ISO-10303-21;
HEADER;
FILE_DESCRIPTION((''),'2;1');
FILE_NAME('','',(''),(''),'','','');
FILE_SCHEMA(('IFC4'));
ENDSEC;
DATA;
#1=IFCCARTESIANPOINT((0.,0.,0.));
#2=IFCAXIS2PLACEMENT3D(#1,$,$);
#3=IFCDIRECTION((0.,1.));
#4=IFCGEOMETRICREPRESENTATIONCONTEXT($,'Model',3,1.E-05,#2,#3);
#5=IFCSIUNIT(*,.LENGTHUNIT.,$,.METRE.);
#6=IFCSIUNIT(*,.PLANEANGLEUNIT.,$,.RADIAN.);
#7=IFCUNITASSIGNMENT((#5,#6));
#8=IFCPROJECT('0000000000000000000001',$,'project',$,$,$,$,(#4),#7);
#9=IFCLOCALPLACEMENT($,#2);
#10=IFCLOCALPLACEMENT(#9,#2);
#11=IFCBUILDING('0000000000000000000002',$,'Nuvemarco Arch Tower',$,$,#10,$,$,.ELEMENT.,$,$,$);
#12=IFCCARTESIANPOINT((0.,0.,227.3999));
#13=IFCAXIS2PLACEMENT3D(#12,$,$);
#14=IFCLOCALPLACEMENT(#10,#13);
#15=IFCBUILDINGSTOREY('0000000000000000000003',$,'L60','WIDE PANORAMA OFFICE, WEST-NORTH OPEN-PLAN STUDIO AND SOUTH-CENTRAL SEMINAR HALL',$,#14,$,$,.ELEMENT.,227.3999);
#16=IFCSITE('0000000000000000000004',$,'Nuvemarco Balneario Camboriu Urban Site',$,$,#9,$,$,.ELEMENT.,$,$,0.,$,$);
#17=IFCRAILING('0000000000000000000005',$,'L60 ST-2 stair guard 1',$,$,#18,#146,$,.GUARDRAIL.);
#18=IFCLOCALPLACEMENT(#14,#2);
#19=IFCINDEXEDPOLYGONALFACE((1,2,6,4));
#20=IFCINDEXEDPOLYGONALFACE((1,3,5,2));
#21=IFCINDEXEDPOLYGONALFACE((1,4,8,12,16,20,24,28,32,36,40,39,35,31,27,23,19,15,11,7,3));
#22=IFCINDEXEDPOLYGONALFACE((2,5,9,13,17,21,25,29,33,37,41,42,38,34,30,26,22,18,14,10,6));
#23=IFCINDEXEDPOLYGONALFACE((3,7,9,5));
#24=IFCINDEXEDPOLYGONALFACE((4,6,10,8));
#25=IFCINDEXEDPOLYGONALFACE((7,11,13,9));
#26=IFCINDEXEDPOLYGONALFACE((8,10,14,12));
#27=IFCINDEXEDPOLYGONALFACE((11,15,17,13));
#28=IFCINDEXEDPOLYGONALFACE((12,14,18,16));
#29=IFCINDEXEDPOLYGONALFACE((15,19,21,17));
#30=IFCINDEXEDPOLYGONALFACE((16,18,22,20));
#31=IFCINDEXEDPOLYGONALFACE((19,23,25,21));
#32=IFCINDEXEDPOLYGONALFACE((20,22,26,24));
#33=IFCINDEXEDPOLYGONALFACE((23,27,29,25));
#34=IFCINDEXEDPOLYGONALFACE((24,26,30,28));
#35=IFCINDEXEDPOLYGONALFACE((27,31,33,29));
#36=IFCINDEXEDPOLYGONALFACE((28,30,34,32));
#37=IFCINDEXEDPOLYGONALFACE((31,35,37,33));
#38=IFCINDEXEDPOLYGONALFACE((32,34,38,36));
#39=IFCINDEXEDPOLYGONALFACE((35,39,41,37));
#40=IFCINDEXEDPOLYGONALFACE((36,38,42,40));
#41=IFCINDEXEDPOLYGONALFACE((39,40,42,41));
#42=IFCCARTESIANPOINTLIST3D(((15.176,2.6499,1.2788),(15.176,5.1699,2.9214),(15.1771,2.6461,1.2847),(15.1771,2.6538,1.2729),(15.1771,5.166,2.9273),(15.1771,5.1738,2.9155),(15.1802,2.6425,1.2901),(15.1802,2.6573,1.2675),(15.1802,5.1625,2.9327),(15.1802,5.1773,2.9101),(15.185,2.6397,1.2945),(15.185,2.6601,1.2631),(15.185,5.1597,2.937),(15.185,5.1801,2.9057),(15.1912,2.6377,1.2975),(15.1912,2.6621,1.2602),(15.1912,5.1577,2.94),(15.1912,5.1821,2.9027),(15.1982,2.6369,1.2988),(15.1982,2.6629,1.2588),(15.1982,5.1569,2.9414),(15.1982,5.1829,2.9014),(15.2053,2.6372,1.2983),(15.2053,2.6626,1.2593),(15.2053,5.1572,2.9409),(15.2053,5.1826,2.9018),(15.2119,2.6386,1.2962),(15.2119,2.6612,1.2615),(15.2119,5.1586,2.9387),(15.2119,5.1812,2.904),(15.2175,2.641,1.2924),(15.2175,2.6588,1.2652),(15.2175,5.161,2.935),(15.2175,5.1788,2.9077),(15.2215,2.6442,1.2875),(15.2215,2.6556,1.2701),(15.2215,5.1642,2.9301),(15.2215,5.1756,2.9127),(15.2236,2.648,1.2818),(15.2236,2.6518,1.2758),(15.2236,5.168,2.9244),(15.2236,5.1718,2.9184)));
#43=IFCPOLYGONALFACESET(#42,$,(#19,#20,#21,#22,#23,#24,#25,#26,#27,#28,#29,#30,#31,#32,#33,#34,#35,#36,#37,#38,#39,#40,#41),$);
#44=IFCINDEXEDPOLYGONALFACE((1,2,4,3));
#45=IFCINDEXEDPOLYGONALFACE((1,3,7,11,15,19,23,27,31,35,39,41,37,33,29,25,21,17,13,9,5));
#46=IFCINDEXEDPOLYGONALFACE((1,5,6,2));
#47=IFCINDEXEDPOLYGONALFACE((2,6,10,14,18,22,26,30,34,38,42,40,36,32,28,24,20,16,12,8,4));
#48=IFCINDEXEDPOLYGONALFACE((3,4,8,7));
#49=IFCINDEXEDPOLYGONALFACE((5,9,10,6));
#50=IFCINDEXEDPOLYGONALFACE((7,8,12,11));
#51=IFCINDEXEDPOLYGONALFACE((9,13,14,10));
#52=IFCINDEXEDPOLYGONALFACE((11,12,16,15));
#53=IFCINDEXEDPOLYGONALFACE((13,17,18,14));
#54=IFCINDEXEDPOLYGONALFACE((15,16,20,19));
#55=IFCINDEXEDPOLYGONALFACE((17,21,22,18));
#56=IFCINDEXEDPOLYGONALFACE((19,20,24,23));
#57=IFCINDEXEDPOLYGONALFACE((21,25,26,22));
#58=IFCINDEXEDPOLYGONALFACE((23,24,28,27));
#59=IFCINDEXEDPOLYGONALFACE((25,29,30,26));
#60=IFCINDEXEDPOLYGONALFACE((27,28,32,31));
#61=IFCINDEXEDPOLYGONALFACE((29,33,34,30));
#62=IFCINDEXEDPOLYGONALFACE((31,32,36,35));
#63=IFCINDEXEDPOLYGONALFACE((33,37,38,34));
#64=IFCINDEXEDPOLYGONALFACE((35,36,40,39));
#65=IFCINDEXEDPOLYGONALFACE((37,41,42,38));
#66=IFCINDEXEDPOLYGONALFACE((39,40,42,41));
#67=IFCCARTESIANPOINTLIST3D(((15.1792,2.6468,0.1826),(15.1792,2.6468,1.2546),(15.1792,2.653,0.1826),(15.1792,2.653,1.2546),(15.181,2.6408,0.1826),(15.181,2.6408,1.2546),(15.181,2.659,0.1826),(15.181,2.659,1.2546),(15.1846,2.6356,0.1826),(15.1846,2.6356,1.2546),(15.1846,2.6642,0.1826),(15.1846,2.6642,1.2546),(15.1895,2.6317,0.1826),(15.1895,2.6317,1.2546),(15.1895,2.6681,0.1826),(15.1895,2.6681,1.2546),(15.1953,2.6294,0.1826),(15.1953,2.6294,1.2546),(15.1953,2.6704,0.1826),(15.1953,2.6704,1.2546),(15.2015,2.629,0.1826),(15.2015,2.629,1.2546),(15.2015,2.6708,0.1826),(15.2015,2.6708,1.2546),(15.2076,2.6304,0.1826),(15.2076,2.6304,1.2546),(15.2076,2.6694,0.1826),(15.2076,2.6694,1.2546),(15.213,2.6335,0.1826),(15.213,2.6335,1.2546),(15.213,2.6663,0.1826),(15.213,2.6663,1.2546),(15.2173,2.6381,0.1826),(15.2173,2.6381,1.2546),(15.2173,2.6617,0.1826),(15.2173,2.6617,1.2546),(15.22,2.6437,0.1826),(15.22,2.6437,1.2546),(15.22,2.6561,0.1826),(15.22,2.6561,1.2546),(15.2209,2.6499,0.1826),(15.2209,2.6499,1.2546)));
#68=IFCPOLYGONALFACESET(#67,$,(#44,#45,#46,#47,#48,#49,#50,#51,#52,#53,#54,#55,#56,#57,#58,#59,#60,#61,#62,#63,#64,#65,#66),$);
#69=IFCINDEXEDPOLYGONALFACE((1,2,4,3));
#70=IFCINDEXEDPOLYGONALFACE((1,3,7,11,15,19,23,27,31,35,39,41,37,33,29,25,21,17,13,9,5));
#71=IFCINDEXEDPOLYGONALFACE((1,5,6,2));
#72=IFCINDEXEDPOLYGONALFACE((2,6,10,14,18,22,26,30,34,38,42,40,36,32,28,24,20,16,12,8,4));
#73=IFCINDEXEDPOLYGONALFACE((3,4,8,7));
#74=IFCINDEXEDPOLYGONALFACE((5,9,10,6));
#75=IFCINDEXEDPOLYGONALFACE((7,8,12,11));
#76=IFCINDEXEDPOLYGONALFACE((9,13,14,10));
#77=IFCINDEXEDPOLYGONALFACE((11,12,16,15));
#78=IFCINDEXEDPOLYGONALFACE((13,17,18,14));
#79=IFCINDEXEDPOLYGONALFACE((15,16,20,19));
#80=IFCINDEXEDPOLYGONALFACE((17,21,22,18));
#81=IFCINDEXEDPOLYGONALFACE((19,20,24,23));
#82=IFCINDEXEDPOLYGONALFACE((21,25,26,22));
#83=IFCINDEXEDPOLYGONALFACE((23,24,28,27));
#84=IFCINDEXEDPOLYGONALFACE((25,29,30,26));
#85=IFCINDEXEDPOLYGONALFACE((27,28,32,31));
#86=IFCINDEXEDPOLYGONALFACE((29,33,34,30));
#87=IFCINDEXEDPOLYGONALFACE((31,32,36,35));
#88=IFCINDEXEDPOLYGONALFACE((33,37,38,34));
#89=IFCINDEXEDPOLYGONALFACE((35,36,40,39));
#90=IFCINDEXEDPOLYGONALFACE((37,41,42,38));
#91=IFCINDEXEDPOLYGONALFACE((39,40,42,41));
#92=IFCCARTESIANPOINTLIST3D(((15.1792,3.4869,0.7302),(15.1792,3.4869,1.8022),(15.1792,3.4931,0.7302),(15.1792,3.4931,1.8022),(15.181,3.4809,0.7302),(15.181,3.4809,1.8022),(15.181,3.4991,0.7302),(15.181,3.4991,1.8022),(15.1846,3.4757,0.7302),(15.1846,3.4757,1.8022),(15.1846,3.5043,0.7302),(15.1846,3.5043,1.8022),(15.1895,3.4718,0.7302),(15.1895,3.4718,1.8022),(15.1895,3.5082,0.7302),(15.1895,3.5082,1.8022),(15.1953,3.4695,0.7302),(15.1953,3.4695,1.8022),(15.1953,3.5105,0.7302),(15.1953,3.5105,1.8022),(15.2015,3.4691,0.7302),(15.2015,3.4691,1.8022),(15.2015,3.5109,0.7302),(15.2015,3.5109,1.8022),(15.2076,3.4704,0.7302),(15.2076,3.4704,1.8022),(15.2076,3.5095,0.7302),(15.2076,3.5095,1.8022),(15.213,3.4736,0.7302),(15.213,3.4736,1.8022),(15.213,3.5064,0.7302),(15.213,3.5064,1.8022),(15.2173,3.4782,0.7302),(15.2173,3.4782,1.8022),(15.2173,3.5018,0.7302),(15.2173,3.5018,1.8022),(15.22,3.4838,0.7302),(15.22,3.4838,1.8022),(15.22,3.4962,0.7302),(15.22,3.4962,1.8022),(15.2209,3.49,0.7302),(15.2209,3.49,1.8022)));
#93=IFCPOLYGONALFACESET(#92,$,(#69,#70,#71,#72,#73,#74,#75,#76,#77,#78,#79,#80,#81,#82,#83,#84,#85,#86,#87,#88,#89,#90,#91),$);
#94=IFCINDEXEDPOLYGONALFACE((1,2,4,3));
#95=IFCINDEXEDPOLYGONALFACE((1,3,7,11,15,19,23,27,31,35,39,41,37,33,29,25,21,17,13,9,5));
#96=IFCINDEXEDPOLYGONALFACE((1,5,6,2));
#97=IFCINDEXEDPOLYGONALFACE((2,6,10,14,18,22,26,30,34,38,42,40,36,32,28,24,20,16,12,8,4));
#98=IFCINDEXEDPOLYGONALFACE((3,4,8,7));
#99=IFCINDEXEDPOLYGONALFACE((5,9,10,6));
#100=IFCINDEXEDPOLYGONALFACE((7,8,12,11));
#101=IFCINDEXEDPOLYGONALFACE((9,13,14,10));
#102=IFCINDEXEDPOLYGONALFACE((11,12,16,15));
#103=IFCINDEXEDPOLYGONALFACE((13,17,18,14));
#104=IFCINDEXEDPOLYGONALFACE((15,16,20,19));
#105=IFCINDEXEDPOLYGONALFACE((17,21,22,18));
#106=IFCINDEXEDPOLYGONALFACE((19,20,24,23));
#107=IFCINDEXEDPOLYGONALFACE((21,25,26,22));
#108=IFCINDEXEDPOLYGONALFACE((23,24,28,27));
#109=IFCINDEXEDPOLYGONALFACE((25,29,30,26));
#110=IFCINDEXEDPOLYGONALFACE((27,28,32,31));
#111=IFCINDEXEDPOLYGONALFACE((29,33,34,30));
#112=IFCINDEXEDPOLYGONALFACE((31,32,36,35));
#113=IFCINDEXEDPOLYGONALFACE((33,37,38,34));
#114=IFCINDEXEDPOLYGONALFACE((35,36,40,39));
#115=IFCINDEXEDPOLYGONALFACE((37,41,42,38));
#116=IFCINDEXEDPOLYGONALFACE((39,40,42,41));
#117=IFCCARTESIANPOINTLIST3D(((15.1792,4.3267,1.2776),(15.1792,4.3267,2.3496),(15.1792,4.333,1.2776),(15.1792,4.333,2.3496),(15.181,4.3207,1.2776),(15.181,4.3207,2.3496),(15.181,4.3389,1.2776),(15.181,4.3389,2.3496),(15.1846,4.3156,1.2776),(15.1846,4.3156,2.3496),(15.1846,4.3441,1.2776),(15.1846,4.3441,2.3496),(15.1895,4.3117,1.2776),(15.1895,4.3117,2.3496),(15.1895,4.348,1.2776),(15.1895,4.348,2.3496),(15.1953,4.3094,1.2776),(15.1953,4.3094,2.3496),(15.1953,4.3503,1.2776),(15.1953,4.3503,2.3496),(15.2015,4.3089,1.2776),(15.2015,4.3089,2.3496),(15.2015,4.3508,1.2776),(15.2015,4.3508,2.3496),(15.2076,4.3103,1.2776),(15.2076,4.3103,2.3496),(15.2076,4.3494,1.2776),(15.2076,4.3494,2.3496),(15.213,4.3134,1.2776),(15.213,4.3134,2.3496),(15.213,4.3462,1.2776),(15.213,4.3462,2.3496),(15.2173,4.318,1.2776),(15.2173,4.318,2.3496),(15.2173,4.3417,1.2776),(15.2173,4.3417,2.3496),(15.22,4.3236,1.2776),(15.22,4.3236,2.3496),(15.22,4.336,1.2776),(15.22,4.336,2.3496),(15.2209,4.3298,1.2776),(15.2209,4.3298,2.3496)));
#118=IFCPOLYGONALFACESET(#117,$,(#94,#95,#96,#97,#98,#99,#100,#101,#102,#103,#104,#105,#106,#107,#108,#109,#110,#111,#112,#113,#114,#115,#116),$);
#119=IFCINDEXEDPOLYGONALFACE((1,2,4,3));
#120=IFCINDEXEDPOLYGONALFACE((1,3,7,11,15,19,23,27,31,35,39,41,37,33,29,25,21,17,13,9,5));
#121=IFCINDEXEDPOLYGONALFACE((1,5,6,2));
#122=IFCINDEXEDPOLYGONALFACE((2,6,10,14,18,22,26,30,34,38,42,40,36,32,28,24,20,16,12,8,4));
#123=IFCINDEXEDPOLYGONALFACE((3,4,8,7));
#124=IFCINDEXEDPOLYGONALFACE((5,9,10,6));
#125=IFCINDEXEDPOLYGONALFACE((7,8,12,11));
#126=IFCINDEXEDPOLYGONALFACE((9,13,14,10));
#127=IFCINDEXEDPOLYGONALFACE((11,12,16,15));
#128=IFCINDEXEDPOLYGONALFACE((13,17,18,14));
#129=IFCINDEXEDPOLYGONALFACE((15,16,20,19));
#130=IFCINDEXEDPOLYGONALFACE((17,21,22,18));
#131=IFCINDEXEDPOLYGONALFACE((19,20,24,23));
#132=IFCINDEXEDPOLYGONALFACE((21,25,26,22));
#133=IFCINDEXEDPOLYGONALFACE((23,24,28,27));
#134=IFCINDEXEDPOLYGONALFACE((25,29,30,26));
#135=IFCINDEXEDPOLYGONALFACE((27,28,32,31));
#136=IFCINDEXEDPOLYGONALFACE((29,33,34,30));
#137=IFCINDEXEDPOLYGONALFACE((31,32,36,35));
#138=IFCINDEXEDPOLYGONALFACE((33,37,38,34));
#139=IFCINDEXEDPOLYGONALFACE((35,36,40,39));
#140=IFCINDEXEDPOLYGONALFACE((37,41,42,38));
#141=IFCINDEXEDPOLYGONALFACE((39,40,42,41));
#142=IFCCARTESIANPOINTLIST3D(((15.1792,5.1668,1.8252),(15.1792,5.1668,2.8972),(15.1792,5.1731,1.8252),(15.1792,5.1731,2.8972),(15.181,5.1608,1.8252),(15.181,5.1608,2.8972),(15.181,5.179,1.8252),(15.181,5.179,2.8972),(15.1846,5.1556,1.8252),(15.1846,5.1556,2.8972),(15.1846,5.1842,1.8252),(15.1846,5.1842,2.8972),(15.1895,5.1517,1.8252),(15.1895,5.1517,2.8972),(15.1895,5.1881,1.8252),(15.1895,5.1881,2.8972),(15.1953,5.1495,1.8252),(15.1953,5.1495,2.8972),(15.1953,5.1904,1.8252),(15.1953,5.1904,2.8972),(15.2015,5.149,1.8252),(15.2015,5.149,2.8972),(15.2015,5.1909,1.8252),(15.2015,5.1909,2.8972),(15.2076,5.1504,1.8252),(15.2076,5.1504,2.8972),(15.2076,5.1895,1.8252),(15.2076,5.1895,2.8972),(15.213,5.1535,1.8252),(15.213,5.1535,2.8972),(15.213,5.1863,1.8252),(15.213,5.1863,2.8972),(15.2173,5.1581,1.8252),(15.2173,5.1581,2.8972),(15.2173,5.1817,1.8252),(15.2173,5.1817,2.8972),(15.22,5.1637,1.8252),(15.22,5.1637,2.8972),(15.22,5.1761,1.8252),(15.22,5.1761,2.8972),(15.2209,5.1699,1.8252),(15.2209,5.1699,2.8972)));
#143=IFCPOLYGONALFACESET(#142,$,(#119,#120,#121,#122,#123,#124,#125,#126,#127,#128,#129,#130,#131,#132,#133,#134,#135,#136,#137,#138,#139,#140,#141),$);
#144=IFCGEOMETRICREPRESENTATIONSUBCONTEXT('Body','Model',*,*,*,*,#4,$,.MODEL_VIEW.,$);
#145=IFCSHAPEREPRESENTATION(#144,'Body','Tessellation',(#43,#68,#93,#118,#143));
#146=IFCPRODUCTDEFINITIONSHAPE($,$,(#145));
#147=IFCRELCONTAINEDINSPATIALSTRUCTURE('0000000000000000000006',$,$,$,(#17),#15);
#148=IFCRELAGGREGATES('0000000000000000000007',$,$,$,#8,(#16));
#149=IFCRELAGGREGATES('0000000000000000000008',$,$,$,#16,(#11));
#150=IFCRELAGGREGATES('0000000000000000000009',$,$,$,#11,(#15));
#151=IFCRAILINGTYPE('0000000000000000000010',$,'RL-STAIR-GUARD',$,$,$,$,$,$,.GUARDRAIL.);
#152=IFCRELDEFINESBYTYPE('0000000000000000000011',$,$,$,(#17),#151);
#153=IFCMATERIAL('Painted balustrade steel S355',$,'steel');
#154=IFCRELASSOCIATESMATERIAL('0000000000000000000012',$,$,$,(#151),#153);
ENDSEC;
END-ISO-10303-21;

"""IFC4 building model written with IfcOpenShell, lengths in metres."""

from ifc_helpers import new_model, si_unit, direction, frame, origin, origin_2d, place, context, subcontext, project, spatial, circle, extrude, material, type_object, element, save


model = new_model("IFC4")

# Units and contexts
model_context = context("Model", 3, precision=1e-05, world=origin(), true_north=direction((0.0, 1.0)))
body_context = subcontext(model_context, "Body", "Model", "MODEL_VIEW")
ifc_project = project(units=[si_unit("LENGTHUNIT", "METRE"), si_unit("PLANEANGLEUNIT", "RADIAN")], contexts=[model_context])

# Site, building, storey
site_placement = place(None, origin())
site = spatial("IfcSite", under=ifc_project, at=site_placement, Name="Nuvemarco Balneario Camboriu Urban Site", CompositionType="ELEMENT", RefElevation=0.0)
building_placement = place(site_placement, origin())
building = spatial("IfcBuilding", under=site, at=building_placement, Name="Nuvemarco Arch Tower", CompositionType="ELEMENT")
storey_placement = place(building_placement, frame((0.0, 0.0, 227.3999)))
storey = spatial("IfcBuildingStorey", under=building, at=storey_placement, Name="L60", Description="WIDE PANORAMA OFFICE, WEST-NORTH OPEN-PLAN STUDIO AND SOUTH-CENTRAL SEMINAR HALL", CompositionType="ELEMENT", Elevation=227.3999)

# Railing
ifc_material_1 = material(Name="Painted balustrade steel S355", Category="steel")
railing_type_1 = type_object("IfcRailingType", Name="RL-STAIR-GUARD", PredefinedType="GUARDRAIL", material=ifc_material_1)
railing_1_placement = place(storey_placement, frame((15.2, 2.6499, 0.1826)))
element("IfcRailing", 1, at=railing_1_placement, inside=storey, type_object=railing_type_1, Name="L60 ST-2 stair guard 1", PredefinedType="GUARDRAIL", context=body_context, shape_type="SweptSolid", body=[
    extrude(circle(Radius=0.0239, at=origin_2d()), frame((0.0, 0.0, 1.0962), z_axis=(0.0, 0.837749, 0.546055), x_axis=(-1.0, 0.0, 0.0)), (0.0, 0.0, 1.0), 3.0081),
    extrude(circle(Radius=0.021, at=origin_2d()), origin(), (0.0, 0.0, 1.0), 1.072),
    extrude(circle(Radius=0.021, at=origin_2d()), frame((0.0, 0.8401, 0.5476)), (0.0, 0.0, 1.0), 1.072),
    extrude(circle(Radius=0.021, at=origin_2d()), frame((0.0, 1.6799, 1.095)), (0.0, 0.0, 1.0), 1.072),
    extrude(circle(Radius=0.021, at=origin_2d()), frame((0.0, 2.52, 1.6426)), (0.0, 0.0, 1.0), 1.072),
])

save(model, "model.ifc")
